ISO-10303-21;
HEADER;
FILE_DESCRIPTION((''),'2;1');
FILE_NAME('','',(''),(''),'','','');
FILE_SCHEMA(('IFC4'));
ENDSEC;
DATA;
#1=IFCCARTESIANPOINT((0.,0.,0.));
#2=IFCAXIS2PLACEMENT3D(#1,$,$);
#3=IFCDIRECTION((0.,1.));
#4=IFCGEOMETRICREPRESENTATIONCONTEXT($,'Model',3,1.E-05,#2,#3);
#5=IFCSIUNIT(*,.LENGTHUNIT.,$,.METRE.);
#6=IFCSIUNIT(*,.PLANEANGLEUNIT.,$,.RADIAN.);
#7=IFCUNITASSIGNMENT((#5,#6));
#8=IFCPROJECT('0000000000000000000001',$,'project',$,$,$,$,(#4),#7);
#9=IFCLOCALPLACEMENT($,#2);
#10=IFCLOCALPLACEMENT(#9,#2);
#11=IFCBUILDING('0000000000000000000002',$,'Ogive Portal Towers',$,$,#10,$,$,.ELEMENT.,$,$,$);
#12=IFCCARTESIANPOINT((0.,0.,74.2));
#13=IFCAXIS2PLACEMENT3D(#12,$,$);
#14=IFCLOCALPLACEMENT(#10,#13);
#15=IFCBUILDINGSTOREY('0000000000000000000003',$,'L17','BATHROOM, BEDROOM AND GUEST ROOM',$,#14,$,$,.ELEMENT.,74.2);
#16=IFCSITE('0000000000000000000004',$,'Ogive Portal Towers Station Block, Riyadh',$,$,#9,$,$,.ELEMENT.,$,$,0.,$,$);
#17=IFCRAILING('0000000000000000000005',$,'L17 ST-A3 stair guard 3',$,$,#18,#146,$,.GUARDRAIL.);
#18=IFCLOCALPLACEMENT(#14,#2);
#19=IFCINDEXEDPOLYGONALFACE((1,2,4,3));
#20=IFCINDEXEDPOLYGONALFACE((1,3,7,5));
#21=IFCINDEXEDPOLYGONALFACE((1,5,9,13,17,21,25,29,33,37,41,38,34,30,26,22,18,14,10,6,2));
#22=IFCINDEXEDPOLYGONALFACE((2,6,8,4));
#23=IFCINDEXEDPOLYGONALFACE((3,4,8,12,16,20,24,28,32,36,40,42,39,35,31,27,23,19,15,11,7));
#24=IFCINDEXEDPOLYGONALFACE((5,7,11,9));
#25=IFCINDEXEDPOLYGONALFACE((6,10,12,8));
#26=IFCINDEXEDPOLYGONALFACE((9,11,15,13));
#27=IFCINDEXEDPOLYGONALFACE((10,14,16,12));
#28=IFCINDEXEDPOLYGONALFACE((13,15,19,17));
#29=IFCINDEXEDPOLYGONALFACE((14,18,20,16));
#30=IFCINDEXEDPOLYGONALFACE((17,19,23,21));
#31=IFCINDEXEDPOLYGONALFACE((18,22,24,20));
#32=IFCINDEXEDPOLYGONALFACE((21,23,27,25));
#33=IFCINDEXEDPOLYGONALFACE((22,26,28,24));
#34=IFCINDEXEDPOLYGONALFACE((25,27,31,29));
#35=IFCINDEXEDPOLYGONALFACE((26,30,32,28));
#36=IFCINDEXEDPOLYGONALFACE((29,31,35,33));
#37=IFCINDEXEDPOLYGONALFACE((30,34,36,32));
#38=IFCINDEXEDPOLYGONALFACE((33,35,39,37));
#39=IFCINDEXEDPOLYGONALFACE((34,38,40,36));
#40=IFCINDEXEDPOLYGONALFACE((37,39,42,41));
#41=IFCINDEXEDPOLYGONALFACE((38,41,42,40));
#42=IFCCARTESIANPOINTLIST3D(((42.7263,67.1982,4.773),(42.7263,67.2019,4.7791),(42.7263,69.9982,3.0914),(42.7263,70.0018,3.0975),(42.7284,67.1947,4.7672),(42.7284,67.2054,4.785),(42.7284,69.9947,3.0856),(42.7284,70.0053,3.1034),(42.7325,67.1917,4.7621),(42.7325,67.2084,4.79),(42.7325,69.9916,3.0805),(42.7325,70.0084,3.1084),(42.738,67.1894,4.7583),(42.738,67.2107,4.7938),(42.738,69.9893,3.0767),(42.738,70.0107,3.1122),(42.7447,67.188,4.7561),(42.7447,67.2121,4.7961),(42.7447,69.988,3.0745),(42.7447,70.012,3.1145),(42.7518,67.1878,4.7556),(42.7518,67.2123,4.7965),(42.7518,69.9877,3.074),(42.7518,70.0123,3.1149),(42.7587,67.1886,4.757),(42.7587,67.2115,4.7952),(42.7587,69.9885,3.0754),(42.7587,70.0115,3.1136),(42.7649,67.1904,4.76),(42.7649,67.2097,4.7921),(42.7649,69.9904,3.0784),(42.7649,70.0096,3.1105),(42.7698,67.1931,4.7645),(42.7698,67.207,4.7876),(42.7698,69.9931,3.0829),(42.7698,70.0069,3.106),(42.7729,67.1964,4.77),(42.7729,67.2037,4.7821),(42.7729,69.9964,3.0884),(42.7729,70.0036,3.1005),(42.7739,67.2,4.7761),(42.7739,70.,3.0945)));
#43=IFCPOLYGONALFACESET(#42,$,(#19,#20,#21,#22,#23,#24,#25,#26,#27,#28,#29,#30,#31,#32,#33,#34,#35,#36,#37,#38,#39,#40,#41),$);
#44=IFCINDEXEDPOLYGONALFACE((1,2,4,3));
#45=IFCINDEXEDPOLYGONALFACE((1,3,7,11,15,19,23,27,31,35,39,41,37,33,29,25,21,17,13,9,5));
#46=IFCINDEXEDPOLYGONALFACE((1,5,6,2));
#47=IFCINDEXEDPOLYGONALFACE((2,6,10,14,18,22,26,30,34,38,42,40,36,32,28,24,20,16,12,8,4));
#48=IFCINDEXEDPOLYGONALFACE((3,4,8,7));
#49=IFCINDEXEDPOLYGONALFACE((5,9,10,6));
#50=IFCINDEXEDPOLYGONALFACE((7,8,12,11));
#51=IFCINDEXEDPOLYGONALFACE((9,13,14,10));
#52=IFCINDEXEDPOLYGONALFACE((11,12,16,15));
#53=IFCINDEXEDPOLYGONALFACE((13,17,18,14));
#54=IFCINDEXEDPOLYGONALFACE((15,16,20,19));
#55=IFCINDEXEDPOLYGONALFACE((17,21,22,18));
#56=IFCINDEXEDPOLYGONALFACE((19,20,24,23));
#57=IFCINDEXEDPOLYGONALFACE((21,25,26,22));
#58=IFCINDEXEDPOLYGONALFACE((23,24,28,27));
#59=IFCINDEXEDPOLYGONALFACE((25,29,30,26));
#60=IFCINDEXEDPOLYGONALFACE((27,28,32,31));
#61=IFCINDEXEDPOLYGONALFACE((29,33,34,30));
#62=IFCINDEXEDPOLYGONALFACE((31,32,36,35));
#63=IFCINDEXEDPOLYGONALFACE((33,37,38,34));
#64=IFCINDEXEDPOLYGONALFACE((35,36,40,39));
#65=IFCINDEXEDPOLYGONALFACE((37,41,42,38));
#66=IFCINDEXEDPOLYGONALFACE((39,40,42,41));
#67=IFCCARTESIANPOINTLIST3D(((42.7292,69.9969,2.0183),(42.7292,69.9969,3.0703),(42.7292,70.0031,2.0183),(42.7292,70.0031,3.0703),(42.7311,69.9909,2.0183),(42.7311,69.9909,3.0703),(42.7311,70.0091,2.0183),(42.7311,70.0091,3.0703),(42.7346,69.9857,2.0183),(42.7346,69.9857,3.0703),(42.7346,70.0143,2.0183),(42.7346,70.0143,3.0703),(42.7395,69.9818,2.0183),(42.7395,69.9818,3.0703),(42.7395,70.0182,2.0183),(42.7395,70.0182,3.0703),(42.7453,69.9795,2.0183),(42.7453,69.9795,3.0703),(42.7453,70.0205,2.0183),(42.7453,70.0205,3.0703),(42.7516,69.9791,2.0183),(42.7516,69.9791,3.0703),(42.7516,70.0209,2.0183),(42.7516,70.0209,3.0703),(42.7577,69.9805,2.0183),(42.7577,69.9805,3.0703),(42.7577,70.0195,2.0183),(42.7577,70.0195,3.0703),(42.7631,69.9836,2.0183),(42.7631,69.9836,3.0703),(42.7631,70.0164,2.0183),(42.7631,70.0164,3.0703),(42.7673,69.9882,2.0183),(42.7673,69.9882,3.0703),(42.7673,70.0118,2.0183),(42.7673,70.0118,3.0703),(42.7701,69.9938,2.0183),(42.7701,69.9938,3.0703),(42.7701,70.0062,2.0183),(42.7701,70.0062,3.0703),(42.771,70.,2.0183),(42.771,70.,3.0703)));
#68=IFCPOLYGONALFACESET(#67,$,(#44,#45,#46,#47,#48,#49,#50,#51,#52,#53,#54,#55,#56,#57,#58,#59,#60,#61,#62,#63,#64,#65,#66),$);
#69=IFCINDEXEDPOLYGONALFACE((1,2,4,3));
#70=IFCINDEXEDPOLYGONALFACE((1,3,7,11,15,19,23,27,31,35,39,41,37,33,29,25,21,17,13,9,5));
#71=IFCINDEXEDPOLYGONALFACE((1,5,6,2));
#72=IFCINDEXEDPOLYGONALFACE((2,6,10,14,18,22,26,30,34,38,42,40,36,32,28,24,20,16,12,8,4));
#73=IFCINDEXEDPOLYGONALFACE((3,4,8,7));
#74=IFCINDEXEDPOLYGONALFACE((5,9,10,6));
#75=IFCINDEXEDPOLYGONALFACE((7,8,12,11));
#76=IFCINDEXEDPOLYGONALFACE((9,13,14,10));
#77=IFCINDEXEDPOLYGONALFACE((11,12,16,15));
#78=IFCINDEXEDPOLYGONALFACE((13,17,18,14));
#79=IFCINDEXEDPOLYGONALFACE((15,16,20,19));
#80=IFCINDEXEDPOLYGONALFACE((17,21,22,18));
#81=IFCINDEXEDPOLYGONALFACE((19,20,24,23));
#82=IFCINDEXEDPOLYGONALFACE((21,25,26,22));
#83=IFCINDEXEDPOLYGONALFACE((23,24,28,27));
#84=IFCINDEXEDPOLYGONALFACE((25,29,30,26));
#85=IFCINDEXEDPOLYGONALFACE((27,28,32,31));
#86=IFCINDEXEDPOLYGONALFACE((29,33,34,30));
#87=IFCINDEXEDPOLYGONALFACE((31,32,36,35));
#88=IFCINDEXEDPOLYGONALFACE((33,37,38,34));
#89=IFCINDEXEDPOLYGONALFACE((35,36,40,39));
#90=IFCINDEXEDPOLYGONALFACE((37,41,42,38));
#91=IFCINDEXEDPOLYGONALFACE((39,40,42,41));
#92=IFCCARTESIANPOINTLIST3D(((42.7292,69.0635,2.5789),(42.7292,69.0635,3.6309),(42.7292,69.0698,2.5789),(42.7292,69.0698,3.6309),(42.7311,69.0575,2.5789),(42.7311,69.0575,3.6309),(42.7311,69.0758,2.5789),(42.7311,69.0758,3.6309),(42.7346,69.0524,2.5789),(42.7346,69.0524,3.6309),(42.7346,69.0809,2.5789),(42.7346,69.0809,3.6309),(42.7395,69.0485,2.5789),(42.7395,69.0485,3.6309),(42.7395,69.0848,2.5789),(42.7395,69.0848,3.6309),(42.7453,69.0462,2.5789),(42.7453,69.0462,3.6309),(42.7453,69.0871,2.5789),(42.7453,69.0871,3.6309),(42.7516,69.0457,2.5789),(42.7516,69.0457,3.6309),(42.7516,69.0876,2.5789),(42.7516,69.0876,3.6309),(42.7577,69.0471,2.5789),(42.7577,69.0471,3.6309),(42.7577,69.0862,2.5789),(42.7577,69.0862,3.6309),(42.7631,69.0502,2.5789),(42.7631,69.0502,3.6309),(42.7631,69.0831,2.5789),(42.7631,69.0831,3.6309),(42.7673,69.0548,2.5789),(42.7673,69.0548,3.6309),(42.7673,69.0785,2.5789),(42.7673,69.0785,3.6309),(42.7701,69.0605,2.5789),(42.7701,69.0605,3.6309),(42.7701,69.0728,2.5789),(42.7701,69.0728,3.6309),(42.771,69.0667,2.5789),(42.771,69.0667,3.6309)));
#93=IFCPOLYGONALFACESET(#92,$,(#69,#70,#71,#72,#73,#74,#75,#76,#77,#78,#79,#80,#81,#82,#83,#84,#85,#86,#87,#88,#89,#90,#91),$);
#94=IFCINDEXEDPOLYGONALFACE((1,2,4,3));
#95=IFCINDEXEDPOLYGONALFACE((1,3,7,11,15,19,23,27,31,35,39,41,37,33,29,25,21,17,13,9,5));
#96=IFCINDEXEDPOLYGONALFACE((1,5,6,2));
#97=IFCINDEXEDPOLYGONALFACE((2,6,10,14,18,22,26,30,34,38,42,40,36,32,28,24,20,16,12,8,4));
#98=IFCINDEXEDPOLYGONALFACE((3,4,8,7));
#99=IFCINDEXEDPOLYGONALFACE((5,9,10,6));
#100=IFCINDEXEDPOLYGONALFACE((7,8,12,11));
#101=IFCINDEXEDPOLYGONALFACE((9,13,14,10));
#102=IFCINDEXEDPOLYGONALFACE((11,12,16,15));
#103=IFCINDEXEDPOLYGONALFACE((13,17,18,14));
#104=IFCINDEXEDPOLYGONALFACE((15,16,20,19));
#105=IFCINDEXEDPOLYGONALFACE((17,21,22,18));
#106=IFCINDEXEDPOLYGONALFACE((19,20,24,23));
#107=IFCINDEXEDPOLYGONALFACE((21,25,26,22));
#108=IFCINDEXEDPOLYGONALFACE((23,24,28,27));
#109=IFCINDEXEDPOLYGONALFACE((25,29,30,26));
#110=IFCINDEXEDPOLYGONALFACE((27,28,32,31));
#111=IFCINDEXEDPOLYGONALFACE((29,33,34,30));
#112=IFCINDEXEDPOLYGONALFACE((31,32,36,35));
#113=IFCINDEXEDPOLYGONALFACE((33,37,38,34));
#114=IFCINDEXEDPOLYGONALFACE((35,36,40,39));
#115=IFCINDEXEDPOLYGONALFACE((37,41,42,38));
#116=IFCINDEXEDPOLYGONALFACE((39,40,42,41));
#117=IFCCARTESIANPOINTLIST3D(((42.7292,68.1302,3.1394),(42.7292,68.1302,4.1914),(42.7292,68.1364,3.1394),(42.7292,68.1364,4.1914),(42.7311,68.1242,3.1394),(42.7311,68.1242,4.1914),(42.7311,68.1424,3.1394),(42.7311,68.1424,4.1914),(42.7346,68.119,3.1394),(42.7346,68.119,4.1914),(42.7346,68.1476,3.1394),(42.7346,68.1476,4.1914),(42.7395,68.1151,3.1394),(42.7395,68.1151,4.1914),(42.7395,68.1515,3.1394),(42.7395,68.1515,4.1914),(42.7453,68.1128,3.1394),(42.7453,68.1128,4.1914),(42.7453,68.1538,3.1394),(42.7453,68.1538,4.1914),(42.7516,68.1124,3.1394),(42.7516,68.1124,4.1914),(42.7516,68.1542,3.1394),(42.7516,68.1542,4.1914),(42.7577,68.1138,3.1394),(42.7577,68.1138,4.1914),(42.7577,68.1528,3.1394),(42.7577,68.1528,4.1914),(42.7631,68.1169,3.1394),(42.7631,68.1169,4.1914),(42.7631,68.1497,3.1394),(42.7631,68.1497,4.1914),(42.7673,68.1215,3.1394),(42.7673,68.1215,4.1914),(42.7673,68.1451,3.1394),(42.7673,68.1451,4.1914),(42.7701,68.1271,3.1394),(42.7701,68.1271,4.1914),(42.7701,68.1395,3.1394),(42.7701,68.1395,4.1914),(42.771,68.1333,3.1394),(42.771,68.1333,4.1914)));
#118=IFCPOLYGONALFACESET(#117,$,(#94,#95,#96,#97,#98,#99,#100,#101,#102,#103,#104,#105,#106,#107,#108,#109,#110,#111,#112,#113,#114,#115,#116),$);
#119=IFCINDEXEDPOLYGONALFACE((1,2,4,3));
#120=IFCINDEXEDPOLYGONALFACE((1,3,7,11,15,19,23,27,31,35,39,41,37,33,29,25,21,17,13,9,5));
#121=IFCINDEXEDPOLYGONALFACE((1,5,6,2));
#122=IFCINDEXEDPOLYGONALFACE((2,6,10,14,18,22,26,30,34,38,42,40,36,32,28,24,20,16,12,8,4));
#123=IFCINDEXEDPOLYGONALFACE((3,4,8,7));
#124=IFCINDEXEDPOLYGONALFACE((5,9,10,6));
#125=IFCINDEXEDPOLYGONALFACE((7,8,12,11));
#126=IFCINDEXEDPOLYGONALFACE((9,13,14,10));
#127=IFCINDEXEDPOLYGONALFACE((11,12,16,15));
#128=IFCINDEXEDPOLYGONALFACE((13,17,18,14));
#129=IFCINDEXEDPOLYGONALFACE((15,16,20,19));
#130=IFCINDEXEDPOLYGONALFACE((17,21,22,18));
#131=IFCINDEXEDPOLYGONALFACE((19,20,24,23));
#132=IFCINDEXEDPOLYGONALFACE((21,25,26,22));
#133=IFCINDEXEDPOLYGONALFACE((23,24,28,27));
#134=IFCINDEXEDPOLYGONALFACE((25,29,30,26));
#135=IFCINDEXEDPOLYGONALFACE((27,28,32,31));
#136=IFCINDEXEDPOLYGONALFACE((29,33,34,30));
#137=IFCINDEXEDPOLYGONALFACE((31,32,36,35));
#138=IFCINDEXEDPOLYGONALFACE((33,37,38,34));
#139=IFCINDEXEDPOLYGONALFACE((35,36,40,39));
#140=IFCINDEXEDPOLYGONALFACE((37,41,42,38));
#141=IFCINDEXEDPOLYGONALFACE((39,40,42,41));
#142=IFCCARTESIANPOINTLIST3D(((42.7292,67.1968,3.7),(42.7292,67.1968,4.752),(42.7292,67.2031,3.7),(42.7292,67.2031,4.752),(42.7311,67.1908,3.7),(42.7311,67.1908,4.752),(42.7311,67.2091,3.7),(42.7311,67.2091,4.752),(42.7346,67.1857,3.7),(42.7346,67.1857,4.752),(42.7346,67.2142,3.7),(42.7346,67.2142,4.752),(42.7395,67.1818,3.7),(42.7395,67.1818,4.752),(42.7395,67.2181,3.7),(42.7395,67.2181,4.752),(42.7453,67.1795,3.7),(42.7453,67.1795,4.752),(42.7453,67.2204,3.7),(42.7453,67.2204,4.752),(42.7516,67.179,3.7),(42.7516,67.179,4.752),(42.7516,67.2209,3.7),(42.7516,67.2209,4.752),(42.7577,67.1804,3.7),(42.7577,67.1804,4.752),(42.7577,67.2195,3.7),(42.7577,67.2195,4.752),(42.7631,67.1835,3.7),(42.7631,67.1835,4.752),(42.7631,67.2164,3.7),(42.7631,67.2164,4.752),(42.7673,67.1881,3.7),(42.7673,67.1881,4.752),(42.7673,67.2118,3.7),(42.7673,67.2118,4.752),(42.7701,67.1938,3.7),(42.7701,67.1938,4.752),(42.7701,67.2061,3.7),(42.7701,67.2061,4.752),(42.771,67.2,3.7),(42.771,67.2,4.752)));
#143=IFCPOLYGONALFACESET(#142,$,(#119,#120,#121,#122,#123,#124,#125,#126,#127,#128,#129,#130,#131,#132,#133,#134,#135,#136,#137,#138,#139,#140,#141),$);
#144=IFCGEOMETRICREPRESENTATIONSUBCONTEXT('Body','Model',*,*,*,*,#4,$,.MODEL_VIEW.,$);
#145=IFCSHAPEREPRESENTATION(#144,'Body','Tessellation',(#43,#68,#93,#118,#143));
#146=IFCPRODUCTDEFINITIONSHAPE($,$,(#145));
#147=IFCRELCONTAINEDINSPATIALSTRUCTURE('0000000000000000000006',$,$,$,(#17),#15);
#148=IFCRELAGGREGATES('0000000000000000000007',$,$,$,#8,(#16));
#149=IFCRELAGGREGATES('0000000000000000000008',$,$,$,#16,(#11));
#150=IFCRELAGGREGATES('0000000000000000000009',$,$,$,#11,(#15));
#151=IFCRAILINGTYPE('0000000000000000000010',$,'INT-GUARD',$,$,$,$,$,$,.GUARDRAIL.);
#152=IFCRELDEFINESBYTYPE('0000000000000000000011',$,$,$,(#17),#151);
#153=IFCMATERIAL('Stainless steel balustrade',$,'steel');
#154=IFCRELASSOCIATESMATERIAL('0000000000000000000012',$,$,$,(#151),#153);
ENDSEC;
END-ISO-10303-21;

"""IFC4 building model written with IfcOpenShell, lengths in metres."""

from ifc_helpers import new_model, si_unit, direction, frame, origin, origin_2d, place, context, subcontext, project, spatial, circle, extrude, material, type_object, element, save


model = new_model("IFC4")

# Units and contexts
model_context = context("Model", 3, precision=1e-05, world=origin(), true_north=direction((0.0, 1.0)))
body_context = subcontext(model_context, "Body", "Model", "MODEL_VIEW")
ifc_project = project(units=[si_unit("LENGTHUNIT", "METRE"), si_unit("PLANEANGLEUNIT", "RADIAN")], contexts=[model_context])

# Site, building, storey
site_placement = place(None, origin())
site = spatial("IfcSite", under=ifc_project, at=site_placement, Name="Ogive Portal Towers Station Block, Riyadh", CompositionType="ELEMENT", RefElevation=0.0)
building_placement = place(site_placement, origin())
building = spatial("IfcBuilding", under=site, at=building_placement, Name="Ogive Portal Towers", CompositionType="ELEMENT")
storey_placement = place(building_placement, frame((0.0, 0.0, 74.2)))
storey = spatial("IfcBuildingStorey", under=building, at=storey_placement, Name="L17", Description="BATHROOM, BEDROOM AND GUEST ROOM", CompositionType="ELEMENT", Elevation=74.2)

# Railing
ifc_material_1 = material(Name="Stainless steel balustrade", Category="steel")
railing_type_1 = type_object("IfcRailingType", Name="INT-GUARD", PredefinedType="GUARDRAIL", material=ifc_material_1)
railing_1_placement = place(storey_placement, frame((42.75, 70.0, 2.0183)))
element("IfcRailing", 1, at=railing_1_placement, inside=storey, type_object=railing_type_1, Name="L17 ST-A3 stair guard 3", PredefinedType="GUARDRAIL", context=body_context, shape_type="SweptSolid", body=[
    extrude(circle(Radius=0.0239, at=origin_2d()), frame((0.0, 0.0, 1.0762), z_axis=(0.0, -0.857275, 0.514858), x_axis=(1.0, 0.0, 0.0)), (0.0, 0.0, 1.0), 3.2661),
    extrude(circle(Radius=0.021, at=origin_2d()), origin(), (0.0, 0.0, 1.0), 1.052),
    extrude(circle(Radius=0.021, at=origin_2d()), frame((0.0, -0.9333, 0.5605)), (0.0, 0.0, 1.0), 1.052),
    extrude(circle(Radius=0.021, at=origin_2d()), frame((0.0, -1.8667, 1.1211)), (0.0, 0.0, 1.0), 1.052),
    extrude(circle(Radius=0.021, at=origin_2d()), frame((0.0, -2.8, 1.6816)), (0.0, 0.0, 1.0), 1.052),
])

save(model, "model.ifc")
